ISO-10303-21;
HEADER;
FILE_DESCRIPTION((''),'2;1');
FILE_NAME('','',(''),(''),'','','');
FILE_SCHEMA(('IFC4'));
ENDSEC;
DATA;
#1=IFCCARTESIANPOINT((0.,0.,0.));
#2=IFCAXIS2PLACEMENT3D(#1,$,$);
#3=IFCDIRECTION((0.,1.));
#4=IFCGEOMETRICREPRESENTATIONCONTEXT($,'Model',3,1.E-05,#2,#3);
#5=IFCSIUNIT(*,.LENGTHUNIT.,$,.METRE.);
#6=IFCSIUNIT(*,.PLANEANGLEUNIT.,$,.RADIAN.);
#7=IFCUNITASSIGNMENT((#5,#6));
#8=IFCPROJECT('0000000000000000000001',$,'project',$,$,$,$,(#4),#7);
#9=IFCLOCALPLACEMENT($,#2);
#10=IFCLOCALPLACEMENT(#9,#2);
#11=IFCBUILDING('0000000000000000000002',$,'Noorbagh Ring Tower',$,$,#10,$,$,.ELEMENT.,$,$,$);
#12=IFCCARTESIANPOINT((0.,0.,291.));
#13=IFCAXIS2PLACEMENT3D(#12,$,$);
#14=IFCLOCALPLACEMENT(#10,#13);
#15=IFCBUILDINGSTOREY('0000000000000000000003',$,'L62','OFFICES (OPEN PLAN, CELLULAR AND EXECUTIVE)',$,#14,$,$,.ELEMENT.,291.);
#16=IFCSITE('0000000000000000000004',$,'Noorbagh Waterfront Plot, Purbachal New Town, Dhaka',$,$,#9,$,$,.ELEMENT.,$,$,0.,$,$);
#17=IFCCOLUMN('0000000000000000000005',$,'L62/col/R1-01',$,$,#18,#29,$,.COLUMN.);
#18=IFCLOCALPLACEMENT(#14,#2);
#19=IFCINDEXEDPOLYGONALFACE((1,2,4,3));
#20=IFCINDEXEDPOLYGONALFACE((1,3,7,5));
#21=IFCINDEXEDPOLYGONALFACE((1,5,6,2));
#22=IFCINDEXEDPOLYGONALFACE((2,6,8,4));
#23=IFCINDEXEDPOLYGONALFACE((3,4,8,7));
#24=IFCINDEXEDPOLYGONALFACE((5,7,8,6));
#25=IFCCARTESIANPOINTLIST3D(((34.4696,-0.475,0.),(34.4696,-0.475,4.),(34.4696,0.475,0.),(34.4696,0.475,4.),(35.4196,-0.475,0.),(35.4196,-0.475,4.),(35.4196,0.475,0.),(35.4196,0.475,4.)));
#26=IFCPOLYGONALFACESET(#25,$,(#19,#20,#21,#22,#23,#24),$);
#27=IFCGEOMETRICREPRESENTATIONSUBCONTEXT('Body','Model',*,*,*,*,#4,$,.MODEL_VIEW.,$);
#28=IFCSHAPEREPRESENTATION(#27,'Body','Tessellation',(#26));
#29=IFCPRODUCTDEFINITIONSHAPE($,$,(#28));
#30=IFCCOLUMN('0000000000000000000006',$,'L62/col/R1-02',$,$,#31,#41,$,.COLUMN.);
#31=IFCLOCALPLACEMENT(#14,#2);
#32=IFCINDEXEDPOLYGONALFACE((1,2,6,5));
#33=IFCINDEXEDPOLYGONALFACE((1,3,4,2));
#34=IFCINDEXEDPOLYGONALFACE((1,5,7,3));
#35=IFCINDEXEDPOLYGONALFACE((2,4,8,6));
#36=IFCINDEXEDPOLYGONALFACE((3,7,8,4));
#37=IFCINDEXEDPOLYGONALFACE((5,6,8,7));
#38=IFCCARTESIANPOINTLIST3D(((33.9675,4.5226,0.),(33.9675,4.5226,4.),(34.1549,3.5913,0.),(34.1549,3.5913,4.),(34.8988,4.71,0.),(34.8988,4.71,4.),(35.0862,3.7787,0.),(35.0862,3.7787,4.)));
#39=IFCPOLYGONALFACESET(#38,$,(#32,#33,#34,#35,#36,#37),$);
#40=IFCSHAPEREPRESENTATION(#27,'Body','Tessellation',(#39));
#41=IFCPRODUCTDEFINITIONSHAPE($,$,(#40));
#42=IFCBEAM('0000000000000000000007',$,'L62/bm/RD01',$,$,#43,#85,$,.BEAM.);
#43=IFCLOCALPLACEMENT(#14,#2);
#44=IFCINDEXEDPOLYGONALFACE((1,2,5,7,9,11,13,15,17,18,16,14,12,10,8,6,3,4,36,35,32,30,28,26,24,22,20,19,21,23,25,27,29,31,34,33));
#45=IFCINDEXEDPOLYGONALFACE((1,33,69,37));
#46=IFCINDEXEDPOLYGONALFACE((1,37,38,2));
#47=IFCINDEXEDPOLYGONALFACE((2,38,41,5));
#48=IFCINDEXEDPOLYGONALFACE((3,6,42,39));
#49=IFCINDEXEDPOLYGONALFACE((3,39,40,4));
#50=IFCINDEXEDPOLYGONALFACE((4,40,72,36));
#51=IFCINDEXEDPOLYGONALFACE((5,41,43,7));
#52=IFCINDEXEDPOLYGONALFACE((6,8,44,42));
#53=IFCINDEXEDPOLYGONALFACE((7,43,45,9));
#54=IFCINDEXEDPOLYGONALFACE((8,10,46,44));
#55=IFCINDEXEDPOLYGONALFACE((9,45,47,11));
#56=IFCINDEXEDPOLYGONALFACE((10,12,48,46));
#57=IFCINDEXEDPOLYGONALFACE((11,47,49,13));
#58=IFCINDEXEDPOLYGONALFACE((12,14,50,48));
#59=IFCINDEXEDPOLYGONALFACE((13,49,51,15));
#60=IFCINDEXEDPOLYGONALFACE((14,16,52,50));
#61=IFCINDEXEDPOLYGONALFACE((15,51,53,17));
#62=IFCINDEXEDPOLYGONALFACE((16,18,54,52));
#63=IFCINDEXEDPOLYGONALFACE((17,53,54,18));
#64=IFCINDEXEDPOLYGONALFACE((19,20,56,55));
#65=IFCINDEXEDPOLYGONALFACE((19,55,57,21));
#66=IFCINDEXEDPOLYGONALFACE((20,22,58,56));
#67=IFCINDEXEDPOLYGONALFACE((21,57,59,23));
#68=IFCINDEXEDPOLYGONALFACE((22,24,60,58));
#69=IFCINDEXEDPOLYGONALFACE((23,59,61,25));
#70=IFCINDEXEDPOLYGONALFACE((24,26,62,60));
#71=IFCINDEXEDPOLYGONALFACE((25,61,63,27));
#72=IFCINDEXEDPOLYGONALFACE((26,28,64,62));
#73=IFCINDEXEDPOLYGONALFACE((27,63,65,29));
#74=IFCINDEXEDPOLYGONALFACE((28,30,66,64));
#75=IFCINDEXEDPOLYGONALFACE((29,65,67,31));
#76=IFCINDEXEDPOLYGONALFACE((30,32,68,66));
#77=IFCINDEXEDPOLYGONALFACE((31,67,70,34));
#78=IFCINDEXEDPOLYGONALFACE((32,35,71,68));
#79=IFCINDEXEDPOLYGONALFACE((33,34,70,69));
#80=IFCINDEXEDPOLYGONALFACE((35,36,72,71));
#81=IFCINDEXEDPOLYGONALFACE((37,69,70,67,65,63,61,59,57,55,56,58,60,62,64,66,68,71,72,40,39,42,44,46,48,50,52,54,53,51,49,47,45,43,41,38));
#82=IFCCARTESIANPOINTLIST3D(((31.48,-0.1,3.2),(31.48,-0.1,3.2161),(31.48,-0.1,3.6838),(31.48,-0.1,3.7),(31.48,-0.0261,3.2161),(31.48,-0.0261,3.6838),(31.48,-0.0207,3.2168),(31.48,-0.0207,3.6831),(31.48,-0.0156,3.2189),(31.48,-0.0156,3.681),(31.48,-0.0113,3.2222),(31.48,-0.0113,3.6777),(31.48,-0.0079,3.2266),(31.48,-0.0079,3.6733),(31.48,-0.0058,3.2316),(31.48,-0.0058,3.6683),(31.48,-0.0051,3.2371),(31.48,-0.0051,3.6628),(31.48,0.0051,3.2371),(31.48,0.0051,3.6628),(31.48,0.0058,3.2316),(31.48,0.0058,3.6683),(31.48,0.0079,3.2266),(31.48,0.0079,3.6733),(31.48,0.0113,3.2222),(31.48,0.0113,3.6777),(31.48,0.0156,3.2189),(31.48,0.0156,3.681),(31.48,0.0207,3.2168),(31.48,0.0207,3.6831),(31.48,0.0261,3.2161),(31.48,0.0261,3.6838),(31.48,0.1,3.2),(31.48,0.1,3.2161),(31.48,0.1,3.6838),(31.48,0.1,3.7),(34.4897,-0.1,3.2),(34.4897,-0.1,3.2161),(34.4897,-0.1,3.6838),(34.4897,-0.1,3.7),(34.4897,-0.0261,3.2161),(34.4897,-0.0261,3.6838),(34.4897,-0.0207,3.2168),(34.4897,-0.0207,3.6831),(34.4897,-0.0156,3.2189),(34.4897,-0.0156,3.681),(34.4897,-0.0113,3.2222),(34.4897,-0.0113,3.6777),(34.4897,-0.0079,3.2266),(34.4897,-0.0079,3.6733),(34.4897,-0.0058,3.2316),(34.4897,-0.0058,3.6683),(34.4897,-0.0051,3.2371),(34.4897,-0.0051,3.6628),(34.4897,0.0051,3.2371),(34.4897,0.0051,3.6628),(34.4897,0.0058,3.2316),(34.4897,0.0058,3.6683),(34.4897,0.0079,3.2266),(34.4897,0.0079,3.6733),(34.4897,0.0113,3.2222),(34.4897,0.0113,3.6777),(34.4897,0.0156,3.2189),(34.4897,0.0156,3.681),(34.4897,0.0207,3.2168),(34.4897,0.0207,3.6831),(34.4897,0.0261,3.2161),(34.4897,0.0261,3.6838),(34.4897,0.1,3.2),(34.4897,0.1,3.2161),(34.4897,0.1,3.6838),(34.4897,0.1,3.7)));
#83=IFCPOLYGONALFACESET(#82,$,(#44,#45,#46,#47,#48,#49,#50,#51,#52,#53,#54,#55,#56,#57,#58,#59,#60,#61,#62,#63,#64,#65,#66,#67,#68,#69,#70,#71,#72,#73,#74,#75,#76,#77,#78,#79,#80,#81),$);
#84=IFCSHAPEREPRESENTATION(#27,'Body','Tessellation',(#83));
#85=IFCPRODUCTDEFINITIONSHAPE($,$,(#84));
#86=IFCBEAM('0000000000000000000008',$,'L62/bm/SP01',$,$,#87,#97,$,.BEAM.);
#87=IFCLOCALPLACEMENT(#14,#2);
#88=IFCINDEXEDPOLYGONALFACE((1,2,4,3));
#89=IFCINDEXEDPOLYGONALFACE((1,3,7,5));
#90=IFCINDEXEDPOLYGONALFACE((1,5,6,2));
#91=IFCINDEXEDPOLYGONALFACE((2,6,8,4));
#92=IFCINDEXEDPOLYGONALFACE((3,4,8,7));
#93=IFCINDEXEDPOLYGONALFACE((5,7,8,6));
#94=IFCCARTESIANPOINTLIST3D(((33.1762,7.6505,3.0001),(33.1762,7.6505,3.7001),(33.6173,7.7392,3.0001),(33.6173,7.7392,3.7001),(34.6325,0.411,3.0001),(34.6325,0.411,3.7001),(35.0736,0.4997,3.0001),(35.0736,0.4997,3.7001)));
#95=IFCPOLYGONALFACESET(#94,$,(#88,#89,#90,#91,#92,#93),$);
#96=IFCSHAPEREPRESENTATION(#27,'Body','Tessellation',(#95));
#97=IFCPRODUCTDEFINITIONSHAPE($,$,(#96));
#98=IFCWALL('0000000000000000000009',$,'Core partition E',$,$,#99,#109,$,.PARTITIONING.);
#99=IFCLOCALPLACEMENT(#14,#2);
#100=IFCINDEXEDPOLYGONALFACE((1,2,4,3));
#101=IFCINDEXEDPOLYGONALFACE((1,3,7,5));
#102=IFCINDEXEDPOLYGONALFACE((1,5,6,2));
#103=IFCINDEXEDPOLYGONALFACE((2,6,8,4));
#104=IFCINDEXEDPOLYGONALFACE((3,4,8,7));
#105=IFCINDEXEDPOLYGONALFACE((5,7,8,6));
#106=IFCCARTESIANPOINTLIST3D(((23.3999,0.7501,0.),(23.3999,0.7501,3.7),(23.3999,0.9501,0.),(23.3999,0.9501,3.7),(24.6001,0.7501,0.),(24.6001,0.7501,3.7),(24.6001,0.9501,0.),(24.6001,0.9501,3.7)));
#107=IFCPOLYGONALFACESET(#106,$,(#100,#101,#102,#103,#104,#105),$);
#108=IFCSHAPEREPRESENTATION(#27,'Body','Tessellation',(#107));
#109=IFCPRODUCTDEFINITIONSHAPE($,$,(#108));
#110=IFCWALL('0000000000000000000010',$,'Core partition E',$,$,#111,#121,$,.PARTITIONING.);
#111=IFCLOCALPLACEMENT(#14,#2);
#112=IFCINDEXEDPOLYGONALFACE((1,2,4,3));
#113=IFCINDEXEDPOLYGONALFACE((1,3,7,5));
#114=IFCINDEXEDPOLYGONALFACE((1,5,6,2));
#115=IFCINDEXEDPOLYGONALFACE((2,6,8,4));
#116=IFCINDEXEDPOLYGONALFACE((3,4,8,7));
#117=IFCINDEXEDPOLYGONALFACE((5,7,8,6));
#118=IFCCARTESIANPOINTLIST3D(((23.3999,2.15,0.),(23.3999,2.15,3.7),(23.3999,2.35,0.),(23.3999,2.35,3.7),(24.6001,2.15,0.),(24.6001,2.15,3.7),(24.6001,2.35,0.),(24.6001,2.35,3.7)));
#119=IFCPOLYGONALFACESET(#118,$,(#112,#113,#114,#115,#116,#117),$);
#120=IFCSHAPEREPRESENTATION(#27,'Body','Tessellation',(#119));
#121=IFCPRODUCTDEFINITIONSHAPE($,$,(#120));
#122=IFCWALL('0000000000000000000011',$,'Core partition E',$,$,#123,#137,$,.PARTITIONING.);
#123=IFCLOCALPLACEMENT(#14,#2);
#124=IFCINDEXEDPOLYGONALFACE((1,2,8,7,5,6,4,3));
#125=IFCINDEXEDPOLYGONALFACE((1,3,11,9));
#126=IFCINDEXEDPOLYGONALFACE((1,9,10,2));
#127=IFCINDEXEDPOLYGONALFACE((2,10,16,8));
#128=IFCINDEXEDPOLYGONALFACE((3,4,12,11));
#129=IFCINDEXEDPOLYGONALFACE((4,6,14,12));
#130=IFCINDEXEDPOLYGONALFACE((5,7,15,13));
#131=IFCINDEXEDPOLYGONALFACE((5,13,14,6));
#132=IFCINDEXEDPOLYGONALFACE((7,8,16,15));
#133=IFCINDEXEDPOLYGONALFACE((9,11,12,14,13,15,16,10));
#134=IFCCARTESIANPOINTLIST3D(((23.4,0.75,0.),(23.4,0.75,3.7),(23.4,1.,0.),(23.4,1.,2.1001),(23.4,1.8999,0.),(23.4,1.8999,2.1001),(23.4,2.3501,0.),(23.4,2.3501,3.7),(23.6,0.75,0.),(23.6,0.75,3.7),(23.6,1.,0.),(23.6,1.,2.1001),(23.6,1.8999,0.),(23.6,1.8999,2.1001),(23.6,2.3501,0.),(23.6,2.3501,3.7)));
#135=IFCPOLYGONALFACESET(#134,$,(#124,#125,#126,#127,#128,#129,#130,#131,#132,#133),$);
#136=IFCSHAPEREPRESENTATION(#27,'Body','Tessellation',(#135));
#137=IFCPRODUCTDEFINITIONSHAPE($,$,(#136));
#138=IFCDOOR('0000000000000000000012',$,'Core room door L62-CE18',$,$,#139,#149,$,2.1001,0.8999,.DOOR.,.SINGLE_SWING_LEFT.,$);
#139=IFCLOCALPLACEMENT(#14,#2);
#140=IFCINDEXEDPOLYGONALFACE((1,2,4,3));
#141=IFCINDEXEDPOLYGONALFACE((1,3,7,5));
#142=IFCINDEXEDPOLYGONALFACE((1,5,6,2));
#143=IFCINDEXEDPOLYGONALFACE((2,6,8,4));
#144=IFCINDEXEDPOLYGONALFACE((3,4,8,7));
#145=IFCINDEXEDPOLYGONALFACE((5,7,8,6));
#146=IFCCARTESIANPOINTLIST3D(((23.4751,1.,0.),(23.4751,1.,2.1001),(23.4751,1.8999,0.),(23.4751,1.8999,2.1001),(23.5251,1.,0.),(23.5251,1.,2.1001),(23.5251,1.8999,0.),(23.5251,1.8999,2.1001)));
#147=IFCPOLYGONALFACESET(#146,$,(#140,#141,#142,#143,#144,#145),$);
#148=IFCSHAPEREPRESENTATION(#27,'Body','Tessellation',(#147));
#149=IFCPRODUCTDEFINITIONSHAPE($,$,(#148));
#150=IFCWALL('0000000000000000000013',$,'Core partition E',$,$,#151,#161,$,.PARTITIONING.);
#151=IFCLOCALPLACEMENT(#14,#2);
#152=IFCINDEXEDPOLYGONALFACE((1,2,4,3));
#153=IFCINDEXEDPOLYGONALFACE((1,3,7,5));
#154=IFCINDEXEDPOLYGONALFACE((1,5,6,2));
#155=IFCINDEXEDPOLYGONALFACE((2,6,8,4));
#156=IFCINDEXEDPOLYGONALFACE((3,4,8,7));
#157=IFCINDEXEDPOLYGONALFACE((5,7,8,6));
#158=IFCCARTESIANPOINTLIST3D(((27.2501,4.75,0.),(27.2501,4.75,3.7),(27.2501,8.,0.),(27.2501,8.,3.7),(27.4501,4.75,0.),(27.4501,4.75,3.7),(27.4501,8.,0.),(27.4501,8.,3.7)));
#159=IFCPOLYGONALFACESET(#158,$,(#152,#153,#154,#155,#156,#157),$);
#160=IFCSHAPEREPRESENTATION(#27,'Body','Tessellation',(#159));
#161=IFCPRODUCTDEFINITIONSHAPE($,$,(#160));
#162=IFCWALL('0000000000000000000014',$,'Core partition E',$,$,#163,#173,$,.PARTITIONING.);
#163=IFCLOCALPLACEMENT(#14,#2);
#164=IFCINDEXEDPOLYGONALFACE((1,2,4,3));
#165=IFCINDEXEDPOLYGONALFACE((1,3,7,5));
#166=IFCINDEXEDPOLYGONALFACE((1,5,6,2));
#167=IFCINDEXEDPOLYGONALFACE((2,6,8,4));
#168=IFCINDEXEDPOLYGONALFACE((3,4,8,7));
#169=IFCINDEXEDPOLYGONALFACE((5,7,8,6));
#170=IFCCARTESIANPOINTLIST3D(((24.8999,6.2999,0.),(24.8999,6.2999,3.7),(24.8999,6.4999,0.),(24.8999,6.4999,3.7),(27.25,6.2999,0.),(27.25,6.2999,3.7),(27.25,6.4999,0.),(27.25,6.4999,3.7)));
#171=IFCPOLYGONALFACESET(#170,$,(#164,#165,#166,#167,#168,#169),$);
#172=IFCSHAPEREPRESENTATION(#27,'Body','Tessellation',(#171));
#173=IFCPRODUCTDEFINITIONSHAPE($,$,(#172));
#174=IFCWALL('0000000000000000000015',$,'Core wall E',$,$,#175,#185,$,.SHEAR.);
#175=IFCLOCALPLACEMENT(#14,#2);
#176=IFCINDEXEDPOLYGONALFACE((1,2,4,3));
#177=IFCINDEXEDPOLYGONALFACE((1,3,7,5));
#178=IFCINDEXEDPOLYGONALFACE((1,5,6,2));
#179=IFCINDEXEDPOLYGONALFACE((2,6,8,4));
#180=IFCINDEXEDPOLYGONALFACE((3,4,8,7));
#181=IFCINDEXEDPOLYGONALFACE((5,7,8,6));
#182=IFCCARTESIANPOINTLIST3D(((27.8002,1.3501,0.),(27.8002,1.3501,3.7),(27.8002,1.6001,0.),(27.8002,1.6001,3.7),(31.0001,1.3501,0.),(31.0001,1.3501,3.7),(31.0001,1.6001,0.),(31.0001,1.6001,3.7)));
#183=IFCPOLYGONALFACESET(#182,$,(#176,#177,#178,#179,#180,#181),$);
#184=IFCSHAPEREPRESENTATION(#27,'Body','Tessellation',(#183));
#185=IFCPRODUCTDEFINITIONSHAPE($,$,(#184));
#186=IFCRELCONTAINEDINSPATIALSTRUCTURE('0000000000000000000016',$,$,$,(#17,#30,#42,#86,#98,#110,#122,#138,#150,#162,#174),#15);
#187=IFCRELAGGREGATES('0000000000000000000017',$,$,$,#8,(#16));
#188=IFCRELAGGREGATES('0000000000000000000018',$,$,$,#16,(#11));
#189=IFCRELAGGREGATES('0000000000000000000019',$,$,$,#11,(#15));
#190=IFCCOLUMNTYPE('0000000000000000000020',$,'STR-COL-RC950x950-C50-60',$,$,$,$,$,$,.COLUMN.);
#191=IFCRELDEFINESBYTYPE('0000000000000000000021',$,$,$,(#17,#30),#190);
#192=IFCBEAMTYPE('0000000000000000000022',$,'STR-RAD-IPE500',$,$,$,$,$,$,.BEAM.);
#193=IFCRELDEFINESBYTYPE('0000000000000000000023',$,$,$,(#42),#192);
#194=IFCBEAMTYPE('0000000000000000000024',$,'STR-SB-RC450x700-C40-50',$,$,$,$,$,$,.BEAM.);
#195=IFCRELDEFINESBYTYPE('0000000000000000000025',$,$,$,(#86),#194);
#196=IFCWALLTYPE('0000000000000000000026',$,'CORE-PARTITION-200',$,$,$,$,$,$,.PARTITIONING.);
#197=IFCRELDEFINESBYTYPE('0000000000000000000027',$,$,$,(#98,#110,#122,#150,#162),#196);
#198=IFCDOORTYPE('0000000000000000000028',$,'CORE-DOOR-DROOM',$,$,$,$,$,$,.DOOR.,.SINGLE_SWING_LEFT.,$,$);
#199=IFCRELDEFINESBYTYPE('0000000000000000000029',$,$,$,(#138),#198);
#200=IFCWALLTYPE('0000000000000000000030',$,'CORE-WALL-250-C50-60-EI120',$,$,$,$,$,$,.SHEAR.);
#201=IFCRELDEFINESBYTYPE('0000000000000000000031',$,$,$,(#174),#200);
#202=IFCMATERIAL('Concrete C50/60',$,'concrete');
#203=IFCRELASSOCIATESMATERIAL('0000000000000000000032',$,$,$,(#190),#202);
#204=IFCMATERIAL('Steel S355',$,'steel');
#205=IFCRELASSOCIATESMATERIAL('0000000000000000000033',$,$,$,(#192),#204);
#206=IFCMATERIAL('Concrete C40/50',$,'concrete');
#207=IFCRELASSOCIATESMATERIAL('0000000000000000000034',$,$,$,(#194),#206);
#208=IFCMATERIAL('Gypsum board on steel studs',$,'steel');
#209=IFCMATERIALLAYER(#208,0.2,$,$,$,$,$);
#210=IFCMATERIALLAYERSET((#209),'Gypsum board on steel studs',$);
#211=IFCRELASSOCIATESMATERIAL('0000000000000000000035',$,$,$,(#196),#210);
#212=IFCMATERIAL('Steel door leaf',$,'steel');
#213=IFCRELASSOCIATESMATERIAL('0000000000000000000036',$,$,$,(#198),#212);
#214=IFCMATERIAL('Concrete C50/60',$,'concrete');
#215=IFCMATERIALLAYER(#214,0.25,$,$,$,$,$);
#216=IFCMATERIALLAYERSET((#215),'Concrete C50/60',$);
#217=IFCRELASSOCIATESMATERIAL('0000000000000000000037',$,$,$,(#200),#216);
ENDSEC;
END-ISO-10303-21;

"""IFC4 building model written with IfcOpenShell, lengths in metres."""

from ifc_helpers import new_model, si_unit, direction, frame, frame_2d, origin, origin_2d, place, context, subcontext, project, spatial, rectangle, i_section, extrude, material, layer, layer_set, material_profile, profile_set, type_object, element, fill, save


model = new_model("IFC4")

# Units and contexts
model_context = context("Model", 3, precision=1e-05, world=origin(), true_north=direction((0.0, 1.0)))
body_context = subcontext(model_context, "Body", "Model", "MODEL_VIEW")
ifc_project = project(units=[si_unit("LENGTHUNIT", "METRE"), si_unit("PLANEANGLEUNIT", "RADIAN")], contexts=[model_context])

# Site, building, storey
site_placement = place(None, origin())
site = spatial("IfcSite", under=ifc_project, at=site_placement, Name="Noorbagh Waterfront Plot, Purbachal New Town, Dhaka", CompositionType="ELEMENT", RefElevation=0.0)
building_placement = place(site_placement, origin())
building = spatial("IfcBuilding", under=site, at=building_placement, Name="Noorbagh Ring Tower", CompositionType="ELEMENT")
storey_placement = place(building_placement, frame((0.0, 0.0, 291.0)))
storey = spatial("IfcBuildingStorey", under=building, at=storey_placement, Name="L62", Description="OFFICES (OPEN PLAN, CELLULAR AND EXECUTIVE)", CompositionType="ELEMENT", Elevation=291.0)

# Columns
ifc_material_1 = material(Name="Concrete C50/60", Category="concrete")
ifc_material_profile_1 = material_profile(ifc_material_1, rectangle(XDim=0.95, YDim=0.95, at=origin_2d()), Name="RC950x950")
ifc_profile_set_1 = profile_set([ifc_material_profile_1], Name="Concrete C50/60")
column_type = type_object("IfcColumnType", Name="STR-COL-RC950x950-C50-60", PredefinedType="COLUMN", material=ifc_profile_set_1)
for number, where, z_axis, x_axis, name in (
    (1, (34.9446, 0.0, 0.0), (0.0, 0.0, 1.0), (0.0, 1.0, 0.0), "L62/col/R1-01"),
    (2, (34.5269, 4.1506, 0.0), (0.0, 0.0, 1.0), (-0.19723, 0.980357, 0.0), "L62/col/R1-02"),
):
    element("IfcColumn", number, at=place(storey_placement, frame(where, z_axis=z_axis, x_axis=x_axis)), inside=storey, type_object=column_type, Name=name, PredefinedType="COLUMN", context=body_context, shape_type="SweptSolid", body=[
        extrude(rectangle(XDim=0.95, YDim=0.95, at=origin_2d()), origin(), (0.0, 0.0, 1.0), 4.0),
    ])

# Beams
ifc_material_2 = material(Name="Steel S355", Category="steel")
ifc_material_profile_2 = material_profile(ifc_material_2, i_section(OverallWidth=0.2, OverallDepth=0.5, WebThickness=0.0103, FlangeThickness=0.0161, FilletRadius=0.021, at=origin_2d()), Name="IPE500")
ifc_profile_set_2 = profile_set([ifc_material_profile_2], Name="Steel S355")
beam_type_1 = type_object("IfcBeamType", Name="STR-RAD-IPE500", PredefinedType="BEAM", material=ifc_profile_set_2)
beam_1_placement = place(storey_placement, frame((34.4897, 0.0, 3.45), z_axis=(-1.0, 0.0, 0.0), x_axis=(0.0, -1.0, 0.0)))
element("IfcBeam", 3, at=beam_1_placement, inside=storey, type_object=beam_type_1, Name="L62/bm/RD01", PredefinedType="BEAM", context=body_context, shape_type="SweptSolid", body=[
    extrude(i_section(OverallWidth=0.2, OverallDepth=0.5, WebThickness=0.0103, FlangeThickness=0.0161, FilletRadius=0.021, at=origin_2d()), origin(), (0.0, 0.0, 1.0), 3.0098),
])
ifc_material_3 = material(Name="Concrete C40/50", Category="concrete")
ifc_material_profile_3 = material_profile(ifc_material_3, rectangle(XDim=0.45, YDim=0.7, at=origin_2d()), Name="RC450x700")
ifc_profile_set_3 = profile_set([ifc_material_profile_3], Name="Concrete C40/50")
beam_type_2 = type_object("IfcBeamType", Name="STR-SB-RC450x700-C40-50", PredefinedType="BEAM", material=ifc_profile_set_3)
beam_2_placement = place(storey_placement, frame((34.853, 0.4553, 3.3501), z_axis=(-0.19721, 0.980361, 0.0), x_axis=(-0.980361, -0.19721, 0.0)))
element("IfcBeam", 4, at=beam_2_placement, inside=storey, type_object=beam_type_2, Name="L62/bm/SP01", PredefinedType="BEAM", context=body_context, shape_type="SweptSolid", body=[
    extrude(rectangle(XDim=0.45, YDim=0.7, at=origin_2d()), origin(), (0.0, 0.0, 1.0), 7.3845),
])

# Walls
ifc_material_4 = material(Name="Gypsum board on steel studs", Category="steel")
ifc_layer_1 = layer(ifc_material_4, 0.2)
ifc_layer_set_1 = layer_set([ifc_layer_1], Name="Gypsum board on steel studs")
wall_type_1 = type_object("IfcWallType", Name="CORE-PARTITION-200", PredefinedType="PARTITIONING", material=ifc_layer_set_1)
for number, where, z_axis, x_axis, name in (
    (5, (23.3999, 0.8501, 0.0), (0.0, 0.0, 1.0), (1.0, 0.0, 0.0), "Core partition E"),
    (6, (23.3999, 2.25, 0.0), (0.0, 0.0, 1.0), (1.0, 0.0, 0.0), "Core partition E"),
):
    element("IfcWall", number, at=place(storey_placement, frame(where, z_axis=z_axis, x_axis=x_axis)), inside=storey, type_object=wall_type_1, Name=name, PredefinedType="PARTITIONING", context=body_context, shape_type="SweptSolid", body=[
        extrude(rectangle(XDim=1.2002, YDim=0.2, at=frame_2d((0.6001, 0.0))), origin(), (0.0, 0.0, 1.0), 3.7),
    ])

# Wall, opening, door
wall_1_placement = place(storey_placement, frame((23.5, 0.75, 0.0), z_axis=(0.0, 0.0, 1.0), x_axis=(0.0, 1.0, 0.0)))
wall_1 = element("IfcWall", 7, at=wall_1_placement, inside=storey, type_object=wall_type_1, Name="Core partition E", PredefinedType="PARTITIONING", context=body_context, shape_type="SweptSolid", body=[
    extrude(rectangle(XDim=1.6001, YDim=0.2, at=frame_2d((0.8, 0.0))), origin(), (0.0, 0.0, 1.0), 3.7),
])
opening_1_placement = place(wall_1_placement, frame((0.25, 0.0, 0.0)))
opening_1 = element("IfcOpeningElement", 8, at=opening_1_placement, cuts=wall_1, PredefinedType="OPENING", context=body_context, shape_type="SweptSolid", body=[
    extrude(rectangle(XDim=0.8999, YDim=2.1001, at=frame_2d((0.45, 1.05))), frame((0.0, 0.1099, 0.0), z_axis=(0.0, -1.0, 0.0), x_axis=(1.0, 0.0, 0.0)), (0.0, 0.0, 1.0), 0.22),
])
ifc_material_5 = material(Name="Steel door leaf", Category="steel")
door_type_1 = type_object("IfcDoorType", Name="CORE-DOOR-DROOM", OperationType="SINGLE_SWING_LEFT", PredefinedType="DOOR", material=ifc_material_5)
door_1_placement = place(opening_1_placement, origin())
door_1 = element("IfcDoor", 9, at=door_1_placement, inside=storey, type_object=door_type_1, Name="Core room door L62-CE18", OperationType="SINGLE_SWING_LEFT", OverallHeight=2.1001, OverallWidth=0.8999, PredefinedType="DOOR", context=body_context, shape_type="SweptSolid", body=[
    extrude(rectangle(XDim=0.8999, YDim=2.1001, at=frame_2d((0.45, 1.05))), frame((0.0, 0.0249, 0.0), z_axis=(0.0, -1.0, 0.0), x_axis=(1.0, 0.0, 0.0)), (0.0, 0.0, 1.0), 0.05),
])
fill(opening_1, door_1)

# Walls
wall_2_placement = place(storey_placement, frame((27.3501, 4.75, 0.0), z_axis=(0.0, 0.0, 1.0), x_axis=(0.0, 1.0, 0.0)))
element("IfcWall", 10, at=wall_2_placement, inside=storey, type_object=wall_type_1, Name="Core partition E", PredefinedType="PARTITIONING", context=body_context, shape_type="SweptSolid", body=[
    extrude(rectangle(XDim=3.25, YDim=0.2, at=frame_2d((1.625, 0.0))), origin(), (0.0, 0.0, 1.0), 3.7),
])
wall_3_placement = place(storey_placement, frame((24.8999, 6.3999, 0.0), z_axis=(0.0, 0.0, 1.0), x_axis=(1.0, 0.0, 0.0)))
element("IfcWall", 11, at=wall_3_placement, inside=storey, type_object=wall_type_1, Name="Core partition E", PredefinedType="PARTITIONING", context=body_context, shape_type="SweptSolid", body=[
    extrude(rectangle(XDim=2.3501, YDim=0.2, at=frame_2d((1.175, 0.0))), origin(), (0.0, 0.0, 1.0), 3.7),
])
ifc_material_6 = material(Name="Concrete C50/60", Category="concrete")
ifc_layer_2 = layer(ifc_material_6, 0.25)
ifc_layer_set_2 = layer_set([ifc_layer_2], Name="Concrete C50/60")
wall_type_2 = type_object("IfcWallType", Name="CORE-WALL-250-C50-60-EI120", PredefinedType="SHEAR", material=ifc_layer_set_2)
wall_4_placement = place(storey_placement, frame((27.8, 1.4751, 0.0), z_axis=(0.0, 0.0, 1.0), x_axis=(1.0, 0.0, 0.0)))
element("IfcWall", 12, at=wall_4_placement, inside=storey, type_object=wall_type_2, Name="Core wall E", PredefinedType="SHEAR", context=body_context, shape_type="SweptSolid", body=[
    extrude(rectangle(XDim=3.2, YDim=0.25, at=frame_2d((1.6001, 0.0))), origin(), (0.0, 0.0, 1.0), 3.7),
])

save(model, "model.ifc")
